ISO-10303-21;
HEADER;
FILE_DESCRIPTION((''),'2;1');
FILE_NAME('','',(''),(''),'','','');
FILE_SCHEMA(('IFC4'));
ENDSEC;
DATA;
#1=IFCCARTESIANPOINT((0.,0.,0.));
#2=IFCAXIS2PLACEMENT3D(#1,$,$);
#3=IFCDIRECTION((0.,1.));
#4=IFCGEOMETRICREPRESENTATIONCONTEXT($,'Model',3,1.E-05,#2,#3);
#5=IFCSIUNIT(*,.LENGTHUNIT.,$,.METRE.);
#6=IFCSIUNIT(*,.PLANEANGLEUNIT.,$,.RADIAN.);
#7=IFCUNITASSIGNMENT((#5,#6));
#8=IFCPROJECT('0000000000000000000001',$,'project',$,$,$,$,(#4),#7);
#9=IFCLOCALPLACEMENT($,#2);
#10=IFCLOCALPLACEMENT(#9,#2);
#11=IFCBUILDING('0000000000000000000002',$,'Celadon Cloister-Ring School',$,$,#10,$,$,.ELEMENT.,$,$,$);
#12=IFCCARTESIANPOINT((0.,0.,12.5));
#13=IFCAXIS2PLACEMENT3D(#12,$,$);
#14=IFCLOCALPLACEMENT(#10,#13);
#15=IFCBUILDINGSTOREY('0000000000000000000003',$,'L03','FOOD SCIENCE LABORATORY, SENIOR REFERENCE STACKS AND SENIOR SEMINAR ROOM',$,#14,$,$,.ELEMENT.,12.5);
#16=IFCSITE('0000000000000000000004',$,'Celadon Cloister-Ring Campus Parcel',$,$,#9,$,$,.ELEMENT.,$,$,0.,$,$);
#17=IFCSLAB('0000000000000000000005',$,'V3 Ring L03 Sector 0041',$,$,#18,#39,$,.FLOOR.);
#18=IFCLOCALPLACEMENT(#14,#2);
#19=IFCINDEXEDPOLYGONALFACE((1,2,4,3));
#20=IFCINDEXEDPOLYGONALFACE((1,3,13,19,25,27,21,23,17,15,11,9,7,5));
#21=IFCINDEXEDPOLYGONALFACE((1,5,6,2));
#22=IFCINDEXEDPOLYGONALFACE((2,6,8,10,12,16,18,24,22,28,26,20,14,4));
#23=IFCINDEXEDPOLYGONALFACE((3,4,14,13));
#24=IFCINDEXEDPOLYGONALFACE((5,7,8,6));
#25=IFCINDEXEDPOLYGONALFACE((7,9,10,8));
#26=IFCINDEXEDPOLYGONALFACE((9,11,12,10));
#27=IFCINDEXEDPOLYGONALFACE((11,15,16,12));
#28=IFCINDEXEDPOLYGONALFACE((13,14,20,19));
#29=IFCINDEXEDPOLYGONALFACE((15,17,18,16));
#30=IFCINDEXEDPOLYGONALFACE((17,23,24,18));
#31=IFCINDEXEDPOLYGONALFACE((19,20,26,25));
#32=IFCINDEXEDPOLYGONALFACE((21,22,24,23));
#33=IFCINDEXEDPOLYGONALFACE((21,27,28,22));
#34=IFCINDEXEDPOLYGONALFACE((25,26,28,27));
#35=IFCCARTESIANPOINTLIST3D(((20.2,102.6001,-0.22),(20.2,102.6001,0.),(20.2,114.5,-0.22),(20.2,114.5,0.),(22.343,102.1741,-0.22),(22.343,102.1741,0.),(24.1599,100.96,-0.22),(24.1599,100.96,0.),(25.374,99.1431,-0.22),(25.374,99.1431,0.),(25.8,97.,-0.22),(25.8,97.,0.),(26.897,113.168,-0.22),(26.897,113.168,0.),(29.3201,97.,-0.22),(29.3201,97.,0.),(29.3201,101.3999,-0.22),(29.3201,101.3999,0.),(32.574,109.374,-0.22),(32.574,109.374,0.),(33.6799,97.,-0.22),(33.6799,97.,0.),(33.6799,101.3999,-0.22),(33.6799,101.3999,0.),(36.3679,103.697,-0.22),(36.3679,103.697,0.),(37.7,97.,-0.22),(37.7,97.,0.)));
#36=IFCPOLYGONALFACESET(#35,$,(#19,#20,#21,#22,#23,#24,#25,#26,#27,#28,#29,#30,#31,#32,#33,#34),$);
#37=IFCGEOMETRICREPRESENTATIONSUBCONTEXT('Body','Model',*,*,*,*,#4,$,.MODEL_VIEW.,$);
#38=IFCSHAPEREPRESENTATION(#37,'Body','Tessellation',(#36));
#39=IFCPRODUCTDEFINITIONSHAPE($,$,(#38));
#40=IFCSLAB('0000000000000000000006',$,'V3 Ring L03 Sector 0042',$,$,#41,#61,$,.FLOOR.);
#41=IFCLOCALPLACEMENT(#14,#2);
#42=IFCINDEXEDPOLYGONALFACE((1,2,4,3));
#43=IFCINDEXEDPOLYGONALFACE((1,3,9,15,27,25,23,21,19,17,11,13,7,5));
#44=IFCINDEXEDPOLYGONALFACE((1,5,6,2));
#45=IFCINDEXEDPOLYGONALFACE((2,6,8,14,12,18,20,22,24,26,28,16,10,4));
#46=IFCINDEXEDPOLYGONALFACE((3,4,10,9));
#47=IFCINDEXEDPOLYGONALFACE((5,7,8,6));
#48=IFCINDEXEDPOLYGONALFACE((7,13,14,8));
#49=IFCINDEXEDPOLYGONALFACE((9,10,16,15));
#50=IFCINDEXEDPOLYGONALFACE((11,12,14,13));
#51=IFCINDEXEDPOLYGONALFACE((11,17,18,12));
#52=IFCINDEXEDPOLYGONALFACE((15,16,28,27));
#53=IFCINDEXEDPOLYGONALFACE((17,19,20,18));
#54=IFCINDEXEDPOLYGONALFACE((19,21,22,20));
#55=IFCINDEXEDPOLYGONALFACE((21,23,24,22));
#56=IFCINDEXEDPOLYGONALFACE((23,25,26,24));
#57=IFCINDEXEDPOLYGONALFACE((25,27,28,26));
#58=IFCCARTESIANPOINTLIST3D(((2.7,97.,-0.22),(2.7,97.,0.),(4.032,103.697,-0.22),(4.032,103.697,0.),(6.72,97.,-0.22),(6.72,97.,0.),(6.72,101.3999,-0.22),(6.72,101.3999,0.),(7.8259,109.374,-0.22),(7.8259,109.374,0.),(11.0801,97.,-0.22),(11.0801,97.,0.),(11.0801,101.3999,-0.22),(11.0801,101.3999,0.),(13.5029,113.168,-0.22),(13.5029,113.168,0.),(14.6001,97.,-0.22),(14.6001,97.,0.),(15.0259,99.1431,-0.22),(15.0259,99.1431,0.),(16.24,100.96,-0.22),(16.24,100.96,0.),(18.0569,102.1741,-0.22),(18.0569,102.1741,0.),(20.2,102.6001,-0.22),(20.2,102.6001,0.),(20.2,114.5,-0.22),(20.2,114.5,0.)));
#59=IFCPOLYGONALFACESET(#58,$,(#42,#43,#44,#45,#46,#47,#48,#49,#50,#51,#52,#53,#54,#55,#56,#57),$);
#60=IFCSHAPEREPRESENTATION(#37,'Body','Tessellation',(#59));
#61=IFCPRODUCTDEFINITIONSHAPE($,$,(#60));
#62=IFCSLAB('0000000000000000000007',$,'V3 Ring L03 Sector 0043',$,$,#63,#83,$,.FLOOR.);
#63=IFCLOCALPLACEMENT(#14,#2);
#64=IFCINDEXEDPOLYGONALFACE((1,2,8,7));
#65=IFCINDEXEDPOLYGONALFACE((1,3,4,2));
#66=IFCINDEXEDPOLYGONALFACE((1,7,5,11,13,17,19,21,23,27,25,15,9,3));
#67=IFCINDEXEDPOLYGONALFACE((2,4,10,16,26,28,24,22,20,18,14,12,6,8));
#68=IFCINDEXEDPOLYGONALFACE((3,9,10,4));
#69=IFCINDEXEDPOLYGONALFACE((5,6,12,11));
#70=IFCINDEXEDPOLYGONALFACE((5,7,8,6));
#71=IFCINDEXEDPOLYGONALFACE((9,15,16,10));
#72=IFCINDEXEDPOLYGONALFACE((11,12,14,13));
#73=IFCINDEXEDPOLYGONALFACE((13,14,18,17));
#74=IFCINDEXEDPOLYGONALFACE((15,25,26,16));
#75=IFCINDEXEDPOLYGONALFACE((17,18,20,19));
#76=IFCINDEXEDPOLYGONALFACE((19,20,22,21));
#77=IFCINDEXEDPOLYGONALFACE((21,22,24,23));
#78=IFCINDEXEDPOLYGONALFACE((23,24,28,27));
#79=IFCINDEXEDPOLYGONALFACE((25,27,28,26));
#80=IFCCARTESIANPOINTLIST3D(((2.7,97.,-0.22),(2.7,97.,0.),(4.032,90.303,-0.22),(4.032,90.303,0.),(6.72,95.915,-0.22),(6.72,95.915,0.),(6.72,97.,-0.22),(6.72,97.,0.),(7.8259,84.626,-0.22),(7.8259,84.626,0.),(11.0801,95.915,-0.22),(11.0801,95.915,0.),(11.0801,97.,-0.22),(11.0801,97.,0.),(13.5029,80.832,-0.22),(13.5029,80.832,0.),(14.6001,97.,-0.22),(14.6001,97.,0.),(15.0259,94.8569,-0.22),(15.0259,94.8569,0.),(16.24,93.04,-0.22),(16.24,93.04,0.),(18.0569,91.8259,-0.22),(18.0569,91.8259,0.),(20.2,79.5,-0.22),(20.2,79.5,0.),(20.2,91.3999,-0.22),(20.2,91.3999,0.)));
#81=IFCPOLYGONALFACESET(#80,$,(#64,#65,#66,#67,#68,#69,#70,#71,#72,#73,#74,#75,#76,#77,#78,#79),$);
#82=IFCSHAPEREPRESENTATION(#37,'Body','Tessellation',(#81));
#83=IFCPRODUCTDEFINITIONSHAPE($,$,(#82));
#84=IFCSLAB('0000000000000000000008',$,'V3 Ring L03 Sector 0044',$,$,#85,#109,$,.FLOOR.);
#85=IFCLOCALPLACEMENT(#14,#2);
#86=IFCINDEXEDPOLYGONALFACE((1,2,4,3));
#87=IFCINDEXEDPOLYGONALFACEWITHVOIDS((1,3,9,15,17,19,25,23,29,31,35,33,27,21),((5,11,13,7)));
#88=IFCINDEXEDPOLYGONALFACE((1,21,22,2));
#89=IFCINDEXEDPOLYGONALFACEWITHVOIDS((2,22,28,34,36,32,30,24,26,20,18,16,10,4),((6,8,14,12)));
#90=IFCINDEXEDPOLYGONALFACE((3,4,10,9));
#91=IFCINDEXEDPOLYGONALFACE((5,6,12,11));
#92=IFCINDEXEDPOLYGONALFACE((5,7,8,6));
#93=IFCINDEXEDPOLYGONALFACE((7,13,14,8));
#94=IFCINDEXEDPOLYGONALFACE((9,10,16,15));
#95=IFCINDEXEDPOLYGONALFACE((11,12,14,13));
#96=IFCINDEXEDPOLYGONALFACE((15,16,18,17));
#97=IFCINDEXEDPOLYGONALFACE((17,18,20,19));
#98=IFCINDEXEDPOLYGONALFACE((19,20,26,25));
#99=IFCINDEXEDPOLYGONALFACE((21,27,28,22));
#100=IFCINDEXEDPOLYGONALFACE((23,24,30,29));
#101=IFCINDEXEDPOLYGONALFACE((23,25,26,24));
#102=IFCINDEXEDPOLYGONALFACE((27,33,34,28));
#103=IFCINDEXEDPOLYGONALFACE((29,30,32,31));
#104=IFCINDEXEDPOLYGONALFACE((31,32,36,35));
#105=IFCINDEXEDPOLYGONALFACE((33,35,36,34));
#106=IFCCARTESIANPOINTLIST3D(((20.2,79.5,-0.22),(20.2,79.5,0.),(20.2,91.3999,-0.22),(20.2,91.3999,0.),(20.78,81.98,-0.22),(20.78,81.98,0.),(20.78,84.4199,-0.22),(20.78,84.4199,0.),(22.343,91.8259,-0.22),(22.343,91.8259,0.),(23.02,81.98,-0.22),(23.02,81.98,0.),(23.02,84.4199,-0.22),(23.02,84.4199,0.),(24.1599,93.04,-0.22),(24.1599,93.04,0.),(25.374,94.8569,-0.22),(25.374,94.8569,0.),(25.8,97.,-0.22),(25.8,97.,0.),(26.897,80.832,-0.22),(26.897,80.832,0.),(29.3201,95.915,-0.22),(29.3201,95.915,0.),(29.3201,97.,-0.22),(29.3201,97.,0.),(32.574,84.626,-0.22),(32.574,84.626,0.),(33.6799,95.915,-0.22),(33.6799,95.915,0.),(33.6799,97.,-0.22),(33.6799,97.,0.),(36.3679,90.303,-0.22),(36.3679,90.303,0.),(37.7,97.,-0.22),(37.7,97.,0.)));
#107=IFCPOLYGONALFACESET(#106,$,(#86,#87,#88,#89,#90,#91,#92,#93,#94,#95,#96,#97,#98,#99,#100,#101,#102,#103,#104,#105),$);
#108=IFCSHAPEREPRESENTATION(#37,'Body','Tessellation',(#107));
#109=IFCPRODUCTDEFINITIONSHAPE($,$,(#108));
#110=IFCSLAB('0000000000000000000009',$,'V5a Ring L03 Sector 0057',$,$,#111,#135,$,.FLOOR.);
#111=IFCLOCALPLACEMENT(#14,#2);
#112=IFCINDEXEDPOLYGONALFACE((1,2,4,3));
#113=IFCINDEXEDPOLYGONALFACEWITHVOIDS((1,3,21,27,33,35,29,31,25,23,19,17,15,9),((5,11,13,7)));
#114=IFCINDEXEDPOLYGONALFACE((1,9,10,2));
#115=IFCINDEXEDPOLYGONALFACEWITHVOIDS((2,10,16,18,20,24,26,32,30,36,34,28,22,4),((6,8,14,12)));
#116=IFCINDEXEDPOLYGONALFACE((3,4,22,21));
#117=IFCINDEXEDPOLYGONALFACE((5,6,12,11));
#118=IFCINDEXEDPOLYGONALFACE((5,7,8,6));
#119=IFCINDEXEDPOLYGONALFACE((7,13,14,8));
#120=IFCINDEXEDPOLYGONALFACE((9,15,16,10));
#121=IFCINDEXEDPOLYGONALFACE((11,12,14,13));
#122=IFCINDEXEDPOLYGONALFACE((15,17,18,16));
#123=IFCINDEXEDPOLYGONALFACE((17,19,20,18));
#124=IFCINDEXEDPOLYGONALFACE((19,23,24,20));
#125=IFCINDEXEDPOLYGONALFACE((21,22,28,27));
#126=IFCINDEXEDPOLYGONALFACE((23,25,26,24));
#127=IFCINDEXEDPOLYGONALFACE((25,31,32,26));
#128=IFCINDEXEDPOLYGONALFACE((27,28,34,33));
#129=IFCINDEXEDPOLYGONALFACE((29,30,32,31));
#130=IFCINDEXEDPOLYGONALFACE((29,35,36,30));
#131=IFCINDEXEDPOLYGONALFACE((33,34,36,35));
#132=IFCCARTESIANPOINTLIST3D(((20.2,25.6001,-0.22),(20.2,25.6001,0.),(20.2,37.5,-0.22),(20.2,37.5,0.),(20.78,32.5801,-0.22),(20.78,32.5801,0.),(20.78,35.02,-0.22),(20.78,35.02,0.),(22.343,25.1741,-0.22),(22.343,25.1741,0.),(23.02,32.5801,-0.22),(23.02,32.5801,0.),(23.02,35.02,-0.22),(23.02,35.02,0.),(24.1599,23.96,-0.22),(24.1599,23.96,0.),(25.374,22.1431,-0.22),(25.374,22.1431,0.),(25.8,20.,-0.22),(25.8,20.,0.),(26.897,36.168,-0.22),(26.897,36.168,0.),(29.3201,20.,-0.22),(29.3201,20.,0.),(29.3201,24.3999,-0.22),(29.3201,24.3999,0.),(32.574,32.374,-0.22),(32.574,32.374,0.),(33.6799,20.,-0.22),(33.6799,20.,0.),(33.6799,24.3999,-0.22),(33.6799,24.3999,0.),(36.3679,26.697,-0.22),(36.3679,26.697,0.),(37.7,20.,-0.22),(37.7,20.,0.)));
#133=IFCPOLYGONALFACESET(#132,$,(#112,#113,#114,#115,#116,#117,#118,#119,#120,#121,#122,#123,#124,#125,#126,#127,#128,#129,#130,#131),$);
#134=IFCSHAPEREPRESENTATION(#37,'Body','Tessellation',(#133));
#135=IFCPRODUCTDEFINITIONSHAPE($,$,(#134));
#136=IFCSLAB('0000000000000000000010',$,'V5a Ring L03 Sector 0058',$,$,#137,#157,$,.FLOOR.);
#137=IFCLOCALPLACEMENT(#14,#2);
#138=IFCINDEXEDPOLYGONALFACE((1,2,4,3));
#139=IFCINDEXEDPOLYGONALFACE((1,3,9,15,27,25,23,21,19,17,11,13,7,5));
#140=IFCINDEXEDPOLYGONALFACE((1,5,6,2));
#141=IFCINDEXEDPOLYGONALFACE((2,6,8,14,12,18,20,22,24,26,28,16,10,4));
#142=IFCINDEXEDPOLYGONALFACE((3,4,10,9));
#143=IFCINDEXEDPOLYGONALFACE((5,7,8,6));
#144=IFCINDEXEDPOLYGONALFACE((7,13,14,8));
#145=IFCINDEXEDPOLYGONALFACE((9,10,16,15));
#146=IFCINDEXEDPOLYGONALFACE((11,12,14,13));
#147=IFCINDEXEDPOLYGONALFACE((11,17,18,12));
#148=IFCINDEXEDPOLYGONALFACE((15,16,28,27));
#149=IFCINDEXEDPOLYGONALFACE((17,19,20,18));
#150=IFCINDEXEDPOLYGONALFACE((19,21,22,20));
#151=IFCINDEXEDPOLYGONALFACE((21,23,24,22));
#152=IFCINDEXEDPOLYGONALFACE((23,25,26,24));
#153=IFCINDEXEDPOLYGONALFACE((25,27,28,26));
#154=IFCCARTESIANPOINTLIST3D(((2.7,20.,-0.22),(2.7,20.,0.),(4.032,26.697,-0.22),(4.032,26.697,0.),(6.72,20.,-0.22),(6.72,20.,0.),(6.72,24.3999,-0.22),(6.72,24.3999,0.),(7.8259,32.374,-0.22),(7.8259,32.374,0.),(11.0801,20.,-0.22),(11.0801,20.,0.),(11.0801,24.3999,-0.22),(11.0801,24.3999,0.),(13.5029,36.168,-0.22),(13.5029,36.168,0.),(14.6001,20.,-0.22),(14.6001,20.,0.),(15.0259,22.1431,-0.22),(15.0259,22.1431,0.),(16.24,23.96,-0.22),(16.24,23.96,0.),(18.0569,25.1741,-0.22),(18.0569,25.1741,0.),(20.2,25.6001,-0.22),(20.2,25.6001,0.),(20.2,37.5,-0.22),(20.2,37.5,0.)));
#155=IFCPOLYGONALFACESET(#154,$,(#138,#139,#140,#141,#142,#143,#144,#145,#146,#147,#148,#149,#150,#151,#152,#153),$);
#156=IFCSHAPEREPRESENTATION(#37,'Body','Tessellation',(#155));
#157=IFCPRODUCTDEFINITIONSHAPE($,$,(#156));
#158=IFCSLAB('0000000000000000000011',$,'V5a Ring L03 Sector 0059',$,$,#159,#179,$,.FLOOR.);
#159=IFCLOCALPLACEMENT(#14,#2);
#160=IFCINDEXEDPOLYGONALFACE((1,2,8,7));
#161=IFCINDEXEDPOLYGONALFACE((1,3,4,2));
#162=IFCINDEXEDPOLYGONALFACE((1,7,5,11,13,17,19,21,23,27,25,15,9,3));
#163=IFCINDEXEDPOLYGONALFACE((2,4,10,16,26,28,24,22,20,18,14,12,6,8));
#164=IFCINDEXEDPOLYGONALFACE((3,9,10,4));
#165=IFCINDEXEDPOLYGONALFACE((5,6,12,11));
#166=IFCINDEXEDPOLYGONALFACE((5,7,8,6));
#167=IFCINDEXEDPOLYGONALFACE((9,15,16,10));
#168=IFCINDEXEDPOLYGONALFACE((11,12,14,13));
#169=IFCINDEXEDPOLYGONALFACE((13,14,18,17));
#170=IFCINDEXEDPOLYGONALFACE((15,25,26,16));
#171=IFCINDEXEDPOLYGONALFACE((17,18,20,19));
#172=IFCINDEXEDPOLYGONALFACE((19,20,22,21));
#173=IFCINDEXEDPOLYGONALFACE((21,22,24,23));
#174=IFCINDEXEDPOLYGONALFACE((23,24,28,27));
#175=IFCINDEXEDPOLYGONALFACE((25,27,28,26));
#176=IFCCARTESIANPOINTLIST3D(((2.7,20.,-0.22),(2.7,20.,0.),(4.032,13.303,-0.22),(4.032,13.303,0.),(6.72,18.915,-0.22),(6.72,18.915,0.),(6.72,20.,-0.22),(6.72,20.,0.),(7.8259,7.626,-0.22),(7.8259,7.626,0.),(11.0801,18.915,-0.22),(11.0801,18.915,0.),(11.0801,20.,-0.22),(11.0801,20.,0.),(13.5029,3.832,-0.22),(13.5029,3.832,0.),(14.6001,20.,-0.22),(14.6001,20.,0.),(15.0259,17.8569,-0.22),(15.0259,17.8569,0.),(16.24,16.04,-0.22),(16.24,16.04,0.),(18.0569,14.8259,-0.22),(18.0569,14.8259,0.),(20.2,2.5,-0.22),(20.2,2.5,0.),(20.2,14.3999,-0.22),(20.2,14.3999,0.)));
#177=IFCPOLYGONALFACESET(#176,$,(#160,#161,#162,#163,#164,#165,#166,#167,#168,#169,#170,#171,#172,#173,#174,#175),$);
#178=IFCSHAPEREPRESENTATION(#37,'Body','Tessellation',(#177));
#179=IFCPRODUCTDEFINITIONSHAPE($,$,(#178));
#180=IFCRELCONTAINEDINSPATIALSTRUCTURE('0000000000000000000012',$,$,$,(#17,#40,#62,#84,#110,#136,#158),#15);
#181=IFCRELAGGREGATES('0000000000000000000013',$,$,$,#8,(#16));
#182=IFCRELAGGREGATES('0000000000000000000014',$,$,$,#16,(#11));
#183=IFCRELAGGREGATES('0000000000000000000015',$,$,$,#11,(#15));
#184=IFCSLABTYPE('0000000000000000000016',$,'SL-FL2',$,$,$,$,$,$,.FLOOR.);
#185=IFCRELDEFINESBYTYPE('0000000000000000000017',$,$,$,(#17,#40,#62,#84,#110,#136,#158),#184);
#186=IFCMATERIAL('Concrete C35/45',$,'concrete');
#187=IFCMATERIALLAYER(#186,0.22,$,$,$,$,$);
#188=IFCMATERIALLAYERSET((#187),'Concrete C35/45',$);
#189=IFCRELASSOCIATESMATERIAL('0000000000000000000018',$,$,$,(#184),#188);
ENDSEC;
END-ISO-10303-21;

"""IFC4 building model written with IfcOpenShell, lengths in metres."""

from ifc_helpers import new_model, si_unit, direction, frame, origin, place, context, subcontext, project, spatial, polyline, outline, extrude, material, layer, layer_set, type_object, element, save


model = new_model("IFC4")

# Units and contexts
model_context = context("Model", 3, precision=1e-05, world=origin(), true_north=direction((0.0, 1.0)))
body_context = subcontext(model_context, "Body", "Model", "MODEL_VIEW")
ifc_project = project(units=[si_unit("LENGTHUNIT", "METRE"), si_unit("PLANEANGLEUNIT", "RADIAN")], contexts=[model_context])

# Site, building, storey
site_placement = place(None, origin())
site = spatial("IfcSite", under=ifc_project, at=site_placement, Name="Celadon Cloister-Ring Campus Parcel", CompositionType="ELEMENT", RefElevation=0.0)
building_placement = place(site_placement, origin())
building = spatial("IfcBuilding", under=site, at=building_placement, Name="Celadon Cloister-Ring School", CompositionType="ELEMENT")
storey_placement = place(building_placement, frame((0.0, 0.0, 12.5)))
storey = spatial("IfcBuildingStorey", under=building, at=storey_placement, Name="L03", Description="FOOD SCIENCE LABORATORY, SENIOR REFERENCE STACKS AND SENIOR SEMINAR ROOM", CompositionType="ELEMENT", Elevation=12.5)

# Slabs
ifc_material_1 = material(Name="Concrete C35/45", Category="concrete")
ifc_layer_1 = layer(ifc_material_1, 0.22)
ifc_layer_set_1 = layer_set([ifc_layer_1], Name="Concrete C35/45")
slab_type_1 = type_object("IfcSlabType", Name="SL-FL2", PredefinedType="FLOOR", material=ifc_layer_set_1)
slab_1_placement = place(storey_placement, frame((0.0, 0.0, -0.22)))
element("IfcSlab", 1, at=slab_1_placement, inside=storey, type_object=slab_type_1, Name="V3 Ring L03 Sector 0041", PredefinedType="FLOOR", context=body_context, shape_type="SweptSolid", body=[
    extrude(outline(polyline([(25.8, 97.0), (25.374, 99.1431), (24.1599, 100.96), (22.343, 102.1741), (20.2, 102.6001), (20.2, 114.5), (26.897, 113.168), (32.574, 109.374), (36.3679, 103.697), (37.7, 97.0), (33.6799, 97.0), (33.6799, 101.3999), (29.3201, 101.3999), (29.3201, 97.0), (25.8, 97.0)])), origin(), (0.0, 0.0, 1.0), 0.22),
])
slab_2_placement = place(storey_placement, frame((0.0, 0.0, -0.22)))
element("IfcSlab", 2, at=slab_2_placement, inside=storey, type_object=slab_type_1, Name="V3 Ring L03 Sector 0042", PredefinedType="FLOOR", context=body_context, shape_type="SweptSolid", body=[
    extrude(outline(polyline([(2.7, 97.0), (4.032, 103.697), (7.8259, 109.374), (13.5029, 113.168), (20.2, 114.5), (20.2, 102.6001), (18.0569, 102.1741), (16.24, 100.96), (15.0259, 99.1431), (14.6001, 97.0), (11.0801, 97.0), (11.0801, 101.3999), (6.72, 101.3999), (6.72, 97.0), (2.7, 97.0)])), origin(), (0.0, 0.0, 1.0), 0.22),
])
slab_3_placement = place(storey_placement, frame((0.0, 0.0, -0.22)))
element("IfcSlab", 3, at=slab_3_placement, inside=storey, type_object=slab_type_1, Name="V3 Ring L03 Sector 0043", PredefinedType="FLOOR", context=body_context, shape_type="SweptSolid", body=[
    extrude(outline(polyline([(14.6001, 97.0), (15.0259, 94.8569), (16.24, 93.04), (18.0569, 91.8259), (20.2, 91.3999), (20.2, 79.5), (13.5029, 80.832), (7.8259, 84.626), (4.032, 90.303), (2.7, 97.0), (6.72, 97.0), (6.72, 95.915), (11.0801, 95.915), (11.0801, 97.0), (14.6001, 97.0)])), origin(), (0.0, 0.0, 1.0), 0.22),
])
slab_4_placement = place(storey_placement, frame((0.0, 0.0, -0.22)))
element("IfcSlab", 4, at=slab_4_placement, inside=storey, type_object=slab_type_1, Name="V3 Ring L03 Sector 0044", PredefinedType="FLOOR", context=body_context, shape_type="SweptSolid", body=[
    extrude(outline(polyline([(37.7, 97.0), (36.3679, 90.303), (32.574, 84.626), (26.897, 80.832), (20.2, 79.5), (20.2, 91.3999), (22.343, 91.8259), (24.1599, 93.04), (25.374, 94.8569), (25.8, 97.0), (29.3201, 97.0), (29.3201, 95.915), (33.6799, 95.915), (33.6799, 97.0), (37.7, 97.0)]), holes=[polyline([(23.02, 81.98), (23.02, 84.4199), (20.78, 84.4199), (20.78, 81.98), (23.02, 81.98)])]), origin(), (0.0, 0.0, 1.0), 0.22),
])
slab_5_placement = place(storey_placement, frame((0.0, 0.0, -0.22)))
element("IfcSlab", 5, at=slab_5_placement, inside=storey, type_object=slab_type_1, Name="V5a Ring L03 Sector 0057", PredefinedType="FLOOR", context=body_context, shape_type="SweptSolid", body=[
    extrude(outline(polyline([(25.8, 20.0), (25.374, 22.1431), (24.1599, 23.96), (22.343, 25.1741), (20.2, 25.6001), (20.2, 37.5), (26.897, 36.168), (32.574, 32.374), (36.3679, 26.697), (37.7, 20.0), (33.6799, 20.0), (33.6799, 24.3999), (29.3201, 24.3999), (29.3201, 20.0), (25.8, 20.0)]), holes=[polyline([(23.02, 32.5801), (23.02, 35.02), (20.78, 35.02), (20.78, 32.5801), (23.02, 32.5801)])]), origin(), (0.0, 0.0, 1.0), 0.22),
])
slab_6_placement = place(storey_placement, frame((0.0, 0.0, -0.22)))
element("IfcSlab", 6, at=slab_6_placement, inside=storey, type_object=slab_type_1, Name="V5a Ring L03 Sector 0058", PredefinedType="FLOOR", context=body_context, shape_type="SweptSolid", body=[
    extrude(outline(polyline([(2.7, 20.0), (4.032, 26.697), (7.8259, 32.374), (13.5029, 36.168), (20.2, 37.5), (20.2, 25.6001), (18.0569, 25.1741), (16.24, 23.96), (15.0259, 22.1431), (14.6001, 20.0), (11.0801, 20.0), (11.0801, 24.3999), (6.72, 24.3999), (6.72, 20.0), (2.7, 20.0)])), origin(), (0.0, 0.0, 1.0), 0.22),
])
slab_7_placement = place(storey_placement, frame((0.0, 0.0, -0.22)))
element("IfcSlab", 7, at=slab_7_placement, inside=storey, type_object=slab_type_1, Name="V5a Ring L03 Sector 0059", PredefinedType="FLOOR", context=body_context, shape_type="SweptSolid", body=[
    extrude(outline(polyline([(14.6001, 20.0), (15.0259, 17.8569), (16.24, 16.04), (18.0569, 14.8259), (20.2, 14.3999), (20.2, 2.5), (13.5029, 3.832), (7.8259, 7.626), (4.032, 13.303), (2.7, 20.0), (6.72, 20.0), (6.72, 18.915), (11.0801, 18.915), (11.0801, 20.0), (14.6001, 20.0)])), origin(), (0.0, 0.0, 1.0), 0.22),
])

save(model, "model.ifc")
